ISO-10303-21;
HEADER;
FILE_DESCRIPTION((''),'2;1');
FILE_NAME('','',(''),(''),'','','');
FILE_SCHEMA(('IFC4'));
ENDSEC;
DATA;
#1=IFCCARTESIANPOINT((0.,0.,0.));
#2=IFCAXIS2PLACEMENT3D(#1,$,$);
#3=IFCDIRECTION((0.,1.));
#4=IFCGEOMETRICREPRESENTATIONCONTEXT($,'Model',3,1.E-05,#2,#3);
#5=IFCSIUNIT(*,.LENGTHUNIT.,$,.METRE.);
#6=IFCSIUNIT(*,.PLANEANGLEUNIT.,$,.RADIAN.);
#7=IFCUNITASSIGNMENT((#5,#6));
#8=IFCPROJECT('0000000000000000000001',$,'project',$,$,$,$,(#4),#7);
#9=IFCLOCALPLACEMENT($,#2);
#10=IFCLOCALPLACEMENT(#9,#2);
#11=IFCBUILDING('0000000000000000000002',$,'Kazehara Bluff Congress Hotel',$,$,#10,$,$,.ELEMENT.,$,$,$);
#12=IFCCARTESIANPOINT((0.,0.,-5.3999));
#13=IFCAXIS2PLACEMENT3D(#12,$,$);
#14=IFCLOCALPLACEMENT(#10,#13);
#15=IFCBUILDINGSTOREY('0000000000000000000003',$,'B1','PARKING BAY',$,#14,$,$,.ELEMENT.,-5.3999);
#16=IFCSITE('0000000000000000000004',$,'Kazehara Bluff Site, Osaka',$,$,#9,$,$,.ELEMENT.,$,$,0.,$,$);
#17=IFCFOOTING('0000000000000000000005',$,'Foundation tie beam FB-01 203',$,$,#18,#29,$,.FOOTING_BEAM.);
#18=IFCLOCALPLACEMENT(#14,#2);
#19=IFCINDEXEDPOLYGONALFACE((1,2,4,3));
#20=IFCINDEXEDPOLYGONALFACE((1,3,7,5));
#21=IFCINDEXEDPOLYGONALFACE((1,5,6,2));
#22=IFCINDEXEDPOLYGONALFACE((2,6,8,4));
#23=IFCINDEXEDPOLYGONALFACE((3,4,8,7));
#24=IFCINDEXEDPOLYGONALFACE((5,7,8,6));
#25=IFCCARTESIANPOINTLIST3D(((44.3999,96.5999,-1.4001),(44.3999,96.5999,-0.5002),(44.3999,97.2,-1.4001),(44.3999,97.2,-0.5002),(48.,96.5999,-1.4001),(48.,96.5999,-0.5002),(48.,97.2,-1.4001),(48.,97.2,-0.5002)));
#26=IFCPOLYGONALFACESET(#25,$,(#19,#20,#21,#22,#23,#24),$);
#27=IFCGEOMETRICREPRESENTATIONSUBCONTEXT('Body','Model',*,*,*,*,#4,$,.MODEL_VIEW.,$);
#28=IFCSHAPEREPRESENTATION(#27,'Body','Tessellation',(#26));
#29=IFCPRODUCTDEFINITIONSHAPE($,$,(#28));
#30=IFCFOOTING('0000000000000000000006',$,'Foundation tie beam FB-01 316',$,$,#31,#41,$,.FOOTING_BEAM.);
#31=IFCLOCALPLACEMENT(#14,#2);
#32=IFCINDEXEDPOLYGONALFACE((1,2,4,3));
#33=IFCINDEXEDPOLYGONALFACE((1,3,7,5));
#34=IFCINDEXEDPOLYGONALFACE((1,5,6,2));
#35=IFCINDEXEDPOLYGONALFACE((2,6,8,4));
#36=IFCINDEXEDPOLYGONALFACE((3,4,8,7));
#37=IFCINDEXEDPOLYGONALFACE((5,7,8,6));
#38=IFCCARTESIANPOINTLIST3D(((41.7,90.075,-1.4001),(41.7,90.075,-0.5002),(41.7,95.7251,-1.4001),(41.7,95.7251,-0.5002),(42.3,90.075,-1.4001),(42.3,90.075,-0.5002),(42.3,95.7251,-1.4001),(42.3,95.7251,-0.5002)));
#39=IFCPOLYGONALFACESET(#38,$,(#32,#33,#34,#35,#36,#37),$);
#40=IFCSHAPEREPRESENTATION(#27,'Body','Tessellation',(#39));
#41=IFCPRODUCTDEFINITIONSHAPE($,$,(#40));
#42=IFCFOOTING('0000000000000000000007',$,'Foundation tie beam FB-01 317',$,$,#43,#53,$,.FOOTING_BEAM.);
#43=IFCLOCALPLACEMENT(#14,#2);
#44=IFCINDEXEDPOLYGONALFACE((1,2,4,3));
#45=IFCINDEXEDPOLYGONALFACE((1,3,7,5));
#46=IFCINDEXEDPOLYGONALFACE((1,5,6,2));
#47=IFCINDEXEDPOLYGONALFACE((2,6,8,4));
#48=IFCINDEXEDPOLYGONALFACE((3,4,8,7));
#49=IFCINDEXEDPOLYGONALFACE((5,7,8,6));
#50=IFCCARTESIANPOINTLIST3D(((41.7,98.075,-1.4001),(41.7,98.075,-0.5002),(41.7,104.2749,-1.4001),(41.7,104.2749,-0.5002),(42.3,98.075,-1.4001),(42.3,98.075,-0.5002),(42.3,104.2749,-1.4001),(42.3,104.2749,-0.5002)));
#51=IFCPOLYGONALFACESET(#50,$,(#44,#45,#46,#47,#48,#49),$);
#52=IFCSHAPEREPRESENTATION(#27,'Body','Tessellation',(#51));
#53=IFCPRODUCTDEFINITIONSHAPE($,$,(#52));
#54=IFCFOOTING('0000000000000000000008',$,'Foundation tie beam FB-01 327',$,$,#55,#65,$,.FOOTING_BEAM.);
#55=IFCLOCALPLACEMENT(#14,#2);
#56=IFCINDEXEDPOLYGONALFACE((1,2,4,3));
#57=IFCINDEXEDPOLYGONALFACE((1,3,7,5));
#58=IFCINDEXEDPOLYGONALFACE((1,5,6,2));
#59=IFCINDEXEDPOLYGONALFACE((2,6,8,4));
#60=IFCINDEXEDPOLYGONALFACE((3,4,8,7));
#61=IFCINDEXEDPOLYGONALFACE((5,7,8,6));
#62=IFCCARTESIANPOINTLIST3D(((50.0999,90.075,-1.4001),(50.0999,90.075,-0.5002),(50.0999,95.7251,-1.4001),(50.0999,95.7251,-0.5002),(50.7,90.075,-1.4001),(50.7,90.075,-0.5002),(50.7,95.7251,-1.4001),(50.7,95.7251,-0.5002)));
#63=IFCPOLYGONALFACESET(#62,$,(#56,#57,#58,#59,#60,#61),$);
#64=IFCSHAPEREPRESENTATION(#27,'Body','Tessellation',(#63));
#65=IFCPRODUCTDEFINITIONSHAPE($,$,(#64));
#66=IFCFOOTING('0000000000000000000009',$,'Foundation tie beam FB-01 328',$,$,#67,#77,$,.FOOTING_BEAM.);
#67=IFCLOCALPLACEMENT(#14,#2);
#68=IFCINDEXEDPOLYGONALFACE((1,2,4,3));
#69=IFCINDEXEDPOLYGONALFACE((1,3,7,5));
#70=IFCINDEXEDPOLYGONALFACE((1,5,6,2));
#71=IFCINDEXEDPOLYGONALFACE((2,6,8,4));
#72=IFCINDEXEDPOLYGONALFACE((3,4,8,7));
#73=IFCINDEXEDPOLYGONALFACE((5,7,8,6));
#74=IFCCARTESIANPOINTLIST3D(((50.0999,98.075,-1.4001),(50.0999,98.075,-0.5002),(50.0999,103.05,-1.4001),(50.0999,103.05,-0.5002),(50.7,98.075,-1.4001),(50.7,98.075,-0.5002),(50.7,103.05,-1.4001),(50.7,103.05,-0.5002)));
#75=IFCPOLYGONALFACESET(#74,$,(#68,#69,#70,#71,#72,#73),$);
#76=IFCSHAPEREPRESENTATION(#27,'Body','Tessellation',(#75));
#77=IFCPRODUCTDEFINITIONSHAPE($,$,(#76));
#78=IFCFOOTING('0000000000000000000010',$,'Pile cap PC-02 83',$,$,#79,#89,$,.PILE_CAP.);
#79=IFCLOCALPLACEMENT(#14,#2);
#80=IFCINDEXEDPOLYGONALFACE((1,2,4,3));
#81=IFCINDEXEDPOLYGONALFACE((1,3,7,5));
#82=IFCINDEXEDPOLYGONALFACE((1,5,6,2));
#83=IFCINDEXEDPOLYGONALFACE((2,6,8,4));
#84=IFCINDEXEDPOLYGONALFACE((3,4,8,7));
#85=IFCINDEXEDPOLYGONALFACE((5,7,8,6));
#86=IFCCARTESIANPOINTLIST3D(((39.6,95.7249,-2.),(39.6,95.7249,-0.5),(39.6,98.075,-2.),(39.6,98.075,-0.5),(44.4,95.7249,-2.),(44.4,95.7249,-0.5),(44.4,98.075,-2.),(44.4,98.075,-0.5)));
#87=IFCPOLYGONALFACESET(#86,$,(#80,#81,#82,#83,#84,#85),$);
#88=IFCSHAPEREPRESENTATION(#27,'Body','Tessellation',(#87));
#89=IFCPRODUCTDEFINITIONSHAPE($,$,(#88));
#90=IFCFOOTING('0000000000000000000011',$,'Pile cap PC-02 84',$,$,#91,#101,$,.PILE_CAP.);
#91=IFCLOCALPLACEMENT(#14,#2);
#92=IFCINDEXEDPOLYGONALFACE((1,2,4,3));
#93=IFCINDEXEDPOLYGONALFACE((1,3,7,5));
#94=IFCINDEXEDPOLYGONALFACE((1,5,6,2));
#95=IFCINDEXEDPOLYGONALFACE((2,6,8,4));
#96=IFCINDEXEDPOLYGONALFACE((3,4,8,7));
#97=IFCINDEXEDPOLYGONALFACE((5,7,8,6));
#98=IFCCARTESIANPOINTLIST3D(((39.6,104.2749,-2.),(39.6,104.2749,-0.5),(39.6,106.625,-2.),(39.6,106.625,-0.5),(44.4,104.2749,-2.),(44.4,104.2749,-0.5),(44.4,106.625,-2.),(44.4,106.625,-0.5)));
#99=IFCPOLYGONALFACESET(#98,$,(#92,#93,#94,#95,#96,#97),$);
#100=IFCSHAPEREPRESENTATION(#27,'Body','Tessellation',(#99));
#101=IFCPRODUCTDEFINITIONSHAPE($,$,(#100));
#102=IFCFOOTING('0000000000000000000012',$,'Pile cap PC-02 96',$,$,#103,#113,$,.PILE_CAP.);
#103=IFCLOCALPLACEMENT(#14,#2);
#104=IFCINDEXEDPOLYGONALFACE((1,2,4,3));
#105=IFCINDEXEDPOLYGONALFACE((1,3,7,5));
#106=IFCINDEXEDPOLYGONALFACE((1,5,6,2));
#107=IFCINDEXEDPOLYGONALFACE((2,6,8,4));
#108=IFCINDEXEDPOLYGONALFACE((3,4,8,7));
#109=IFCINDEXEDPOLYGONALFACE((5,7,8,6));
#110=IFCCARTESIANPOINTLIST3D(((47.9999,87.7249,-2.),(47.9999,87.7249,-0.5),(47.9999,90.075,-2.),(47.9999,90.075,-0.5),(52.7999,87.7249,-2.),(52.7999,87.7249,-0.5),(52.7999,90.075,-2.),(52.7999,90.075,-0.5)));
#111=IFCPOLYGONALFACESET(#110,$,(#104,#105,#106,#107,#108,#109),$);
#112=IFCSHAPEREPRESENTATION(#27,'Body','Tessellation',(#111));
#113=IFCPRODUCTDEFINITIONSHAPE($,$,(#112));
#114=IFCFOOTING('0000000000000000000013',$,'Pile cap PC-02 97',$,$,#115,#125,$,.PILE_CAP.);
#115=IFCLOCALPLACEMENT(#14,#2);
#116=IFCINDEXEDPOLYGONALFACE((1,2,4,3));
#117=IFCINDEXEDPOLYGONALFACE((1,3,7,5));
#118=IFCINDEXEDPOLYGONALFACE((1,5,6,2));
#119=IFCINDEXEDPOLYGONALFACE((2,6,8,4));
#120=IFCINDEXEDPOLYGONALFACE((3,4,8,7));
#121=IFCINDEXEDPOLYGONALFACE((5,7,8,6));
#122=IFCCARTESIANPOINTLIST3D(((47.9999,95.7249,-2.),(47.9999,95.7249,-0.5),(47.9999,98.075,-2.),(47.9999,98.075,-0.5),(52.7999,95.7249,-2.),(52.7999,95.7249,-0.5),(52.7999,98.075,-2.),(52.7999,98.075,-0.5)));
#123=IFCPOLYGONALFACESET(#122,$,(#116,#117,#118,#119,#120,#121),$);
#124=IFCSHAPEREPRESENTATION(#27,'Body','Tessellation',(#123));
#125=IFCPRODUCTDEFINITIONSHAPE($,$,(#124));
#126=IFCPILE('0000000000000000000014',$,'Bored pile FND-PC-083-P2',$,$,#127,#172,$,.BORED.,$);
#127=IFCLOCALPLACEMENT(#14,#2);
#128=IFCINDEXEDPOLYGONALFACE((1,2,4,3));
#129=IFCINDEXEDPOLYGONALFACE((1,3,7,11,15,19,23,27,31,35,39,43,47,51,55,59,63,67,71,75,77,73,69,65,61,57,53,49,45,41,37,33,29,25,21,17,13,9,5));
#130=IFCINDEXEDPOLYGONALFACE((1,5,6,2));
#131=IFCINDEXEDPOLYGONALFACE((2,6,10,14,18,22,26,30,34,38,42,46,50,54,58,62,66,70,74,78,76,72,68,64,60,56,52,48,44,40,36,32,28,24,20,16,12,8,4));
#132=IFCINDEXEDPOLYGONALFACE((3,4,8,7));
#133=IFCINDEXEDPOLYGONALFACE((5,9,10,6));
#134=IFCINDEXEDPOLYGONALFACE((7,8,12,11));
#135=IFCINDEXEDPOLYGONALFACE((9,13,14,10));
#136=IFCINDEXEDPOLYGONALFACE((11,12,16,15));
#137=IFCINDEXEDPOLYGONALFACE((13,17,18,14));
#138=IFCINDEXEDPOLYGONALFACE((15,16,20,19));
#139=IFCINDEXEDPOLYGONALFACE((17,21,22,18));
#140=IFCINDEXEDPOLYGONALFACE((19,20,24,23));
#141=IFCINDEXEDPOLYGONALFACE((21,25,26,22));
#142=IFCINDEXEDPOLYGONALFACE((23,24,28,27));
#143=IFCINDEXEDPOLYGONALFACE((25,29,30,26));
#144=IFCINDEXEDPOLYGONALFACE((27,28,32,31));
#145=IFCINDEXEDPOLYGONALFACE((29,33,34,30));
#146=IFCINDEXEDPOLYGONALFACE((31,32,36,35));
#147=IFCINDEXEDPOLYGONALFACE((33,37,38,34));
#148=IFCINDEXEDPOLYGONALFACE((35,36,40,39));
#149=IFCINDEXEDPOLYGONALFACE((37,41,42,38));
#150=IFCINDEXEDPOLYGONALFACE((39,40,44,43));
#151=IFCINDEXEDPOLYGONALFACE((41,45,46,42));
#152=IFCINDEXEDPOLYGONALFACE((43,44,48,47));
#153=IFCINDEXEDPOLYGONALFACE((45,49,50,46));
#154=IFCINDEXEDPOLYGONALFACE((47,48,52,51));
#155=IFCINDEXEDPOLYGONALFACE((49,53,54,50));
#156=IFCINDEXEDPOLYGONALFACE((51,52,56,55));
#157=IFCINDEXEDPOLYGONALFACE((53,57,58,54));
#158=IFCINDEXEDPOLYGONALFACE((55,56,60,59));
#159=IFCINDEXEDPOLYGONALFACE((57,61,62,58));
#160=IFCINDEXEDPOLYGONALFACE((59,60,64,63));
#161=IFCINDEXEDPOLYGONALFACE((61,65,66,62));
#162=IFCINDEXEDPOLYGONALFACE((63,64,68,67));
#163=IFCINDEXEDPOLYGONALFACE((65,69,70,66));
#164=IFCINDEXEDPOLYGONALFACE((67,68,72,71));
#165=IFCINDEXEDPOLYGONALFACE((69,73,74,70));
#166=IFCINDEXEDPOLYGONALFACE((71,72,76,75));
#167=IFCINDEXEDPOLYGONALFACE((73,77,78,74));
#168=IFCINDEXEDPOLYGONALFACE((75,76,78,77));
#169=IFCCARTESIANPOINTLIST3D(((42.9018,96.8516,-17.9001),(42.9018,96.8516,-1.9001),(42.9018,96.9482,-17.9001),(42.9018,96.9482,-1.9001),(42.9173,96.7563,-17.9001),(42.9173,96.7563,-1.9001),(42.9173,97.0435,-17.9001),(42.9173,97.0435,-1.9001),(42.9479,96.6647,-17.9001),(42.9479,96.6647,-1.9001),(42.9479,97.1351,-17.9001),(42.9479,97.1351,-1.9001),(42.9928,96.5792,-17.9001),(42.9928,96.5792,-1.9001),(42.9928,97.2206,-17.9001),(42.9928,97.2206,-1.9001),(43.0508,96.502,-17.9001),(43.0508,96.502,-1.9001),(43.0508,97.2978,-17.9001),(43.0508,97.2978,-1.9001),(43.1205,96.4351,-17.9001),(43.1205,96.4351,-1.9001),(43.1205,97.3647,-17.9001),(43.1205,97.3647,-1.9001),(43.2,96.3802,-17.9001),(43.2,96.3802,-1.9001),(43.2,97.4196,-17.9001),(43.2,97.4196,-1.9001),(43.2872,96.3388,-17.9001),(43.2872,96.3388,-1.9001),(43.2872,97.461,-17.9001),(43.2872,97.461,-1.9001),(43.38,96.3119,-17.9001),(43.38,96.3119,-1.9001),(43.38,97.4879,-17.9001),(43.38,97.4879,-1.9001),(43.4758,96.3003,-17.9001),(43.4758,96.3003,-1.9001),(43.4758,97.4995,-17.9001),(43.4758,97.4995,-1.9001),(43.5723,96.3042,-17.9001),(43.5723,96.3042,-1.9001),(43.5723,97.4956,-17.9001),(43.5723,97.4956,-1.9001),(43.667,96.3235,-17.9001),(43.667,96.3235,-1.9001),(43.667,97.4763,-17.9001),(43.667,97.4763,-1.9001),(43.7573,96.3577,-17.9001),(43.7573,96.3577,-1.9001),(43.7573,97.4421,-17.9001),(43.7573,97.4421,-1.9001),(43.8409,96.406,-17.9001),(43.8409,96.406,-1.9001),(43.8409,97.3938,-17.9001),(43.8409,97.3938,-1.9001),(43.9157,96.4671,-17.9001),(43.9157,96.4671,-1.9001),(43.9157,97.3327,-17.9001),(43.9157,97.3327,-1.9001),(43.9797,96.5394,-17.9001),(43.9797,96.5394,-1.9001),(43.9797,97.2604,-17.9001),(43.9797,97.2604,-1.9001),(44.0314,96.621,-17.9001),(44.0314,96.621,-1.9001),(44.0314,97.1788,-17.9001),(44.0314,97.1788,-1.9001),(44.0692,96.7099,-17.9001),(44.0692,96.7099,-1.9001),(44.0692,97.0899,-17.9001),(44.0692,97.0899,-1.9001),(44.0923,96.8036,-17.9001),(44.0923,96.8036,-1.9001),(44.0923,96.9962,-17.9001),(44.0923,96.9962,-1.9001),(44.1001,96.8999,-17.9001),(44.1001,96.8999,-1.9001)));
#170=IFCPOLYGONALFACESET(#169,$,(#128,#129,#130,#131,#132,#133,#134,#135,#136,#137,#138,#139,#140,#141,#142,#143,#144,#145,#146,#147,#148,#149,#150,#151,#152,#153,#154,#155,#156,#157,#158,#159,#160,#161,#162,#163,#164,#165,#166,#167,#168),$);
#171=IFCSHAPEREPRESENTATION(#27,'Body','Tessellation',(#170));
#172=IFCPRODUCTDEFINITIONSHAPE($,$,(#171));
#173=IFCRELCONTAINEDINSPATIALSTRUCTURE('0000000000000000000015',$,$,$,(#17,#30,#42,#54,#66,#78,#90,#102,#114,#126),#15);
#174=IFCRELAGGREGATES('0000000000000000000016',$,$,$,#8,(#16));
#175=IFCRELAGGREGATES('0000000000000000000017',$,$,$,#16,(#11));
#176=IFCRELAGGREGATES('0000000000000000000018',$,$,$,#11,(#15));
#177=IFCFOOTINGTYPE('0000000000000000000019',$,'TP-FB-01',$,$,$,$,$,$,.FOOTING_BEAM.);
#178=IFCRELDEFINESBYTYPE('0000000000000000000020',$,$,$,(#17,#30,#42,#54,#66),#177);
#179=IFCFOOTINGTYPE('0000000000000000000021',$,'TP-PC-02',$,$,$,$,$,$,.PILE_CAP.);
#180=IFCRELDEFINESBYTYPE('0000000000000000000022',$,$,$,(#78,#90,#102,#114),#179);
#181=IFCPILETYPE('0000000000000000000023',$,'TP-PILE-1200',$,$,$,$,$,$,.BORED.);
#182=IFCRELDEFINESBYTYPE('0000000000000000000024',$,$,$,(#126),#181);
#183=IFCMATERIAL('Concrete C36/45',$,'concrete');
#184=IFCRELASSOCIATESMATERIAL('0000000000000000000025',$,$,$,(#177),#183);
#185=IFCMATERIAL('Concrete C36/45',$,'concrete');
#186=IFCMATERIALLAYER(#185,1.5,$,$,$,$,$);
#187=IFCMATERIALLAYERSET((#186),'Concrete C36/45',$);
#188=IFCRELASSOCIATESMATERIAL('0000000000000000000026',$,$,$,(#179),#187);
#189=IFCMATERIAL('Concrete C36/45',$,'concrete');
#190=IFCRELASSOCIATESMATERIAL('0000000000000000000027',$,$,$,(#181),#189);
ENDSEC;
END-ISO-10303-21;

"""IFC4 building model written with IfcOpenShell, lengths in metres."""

from ifc_helpers import new_model, si_unit, direction, frame, origin, origin_2d, place, context, subcontext, project, spatial, rectangle, circle, extrude, material, layer, layer_set, material_profile, profile_set, type_object, element, save


model = new_model("IFC4")

# Units and contexts
model_context = context("Model", 3, precision=1e-05, world=origin(), true_north=direction((0.0, 1.0)))
body_context = subcontext(model_context, "Body", "Model", "MODEL_VIEW")
ifc_project = project(units=[si_unit("LENGTHUNIT", "METRE"), si_unit("PLANEANGLEUNIT", "RADIAN")], contexts=[model_context])

# Site, building, storey
site_placement = place(None, origin())
site = spatial("IfcSite", under=ifc_project, at=site_placement, Name="Kazehara Bluff Site, Osaka", CompositionType="ELEMENT", RefElevation=0.0)
building_placement = place(site_placement, origin())
building = spatial("IfcBuilding", under=site, at=building_placement, Name="Kazehara Bluff Congress Hotel", CompositionType="ELEMENT")
storey_placement = place(building_placement, frame((0.0, 0.0, -5.3999)))
storey = spatial("IfcBuildingStorey", under=building, at=storey_placement, Name="B1", Description="PARKING BAY", CompositionType="ELEMENT", Elevation=-5.3999)

# Footings
ifc_material_1 = material(Name="Concrete C36/45", Category="concrete")
ifc_material_profile_1 = material_profile(ifc_material_1, rectangle(XDim=0.6001, YDim=0.8999, at=origin_2d()))
ifc_profile_set_1 = profile_set([ifc_material_profile_1], Name="Concrete C36/45")
footing_type_1 = type_object("IfcFootingType", Name="TP-FB-01", PredefinedType="FOOTING_BEAM", material=ifc_profile_set_1)
footing_1_placement = place(storey_placement, frame((44.3999, 96.8999, -0.9502), z_axis=(1.0, 0.0, 0.0), x_axis=(0.0, 1.0, 0.0)))
element("IfcFooting", 1, at=footing_1_placement, inside=storey, type_object=footing_type_1, Name="Foundation tie beam FB-01 203", PredefinedType="FOOTING_BEAM", context=body_context, shape_type="SweptSolid", body=[
    extrude(rectangle(XDim=0.6001, YDim=0.8999, at=origin_2d()), origin(), (0.0, 0.0, 1.0), 3.6001),
])
footing_2_placement = place(storey_placement, frame((42.0, 90.075, -0.9502), z_axis=(0.0, 1.0, 0.0), x_axis=(-1.0, 0.0, 0.0)))
element("IfcFooting", 2, at=footing_2_placement, inside=storey, type_object=footing_type_1, Name="Foundation tie beam FB-01 316", PredefinedType="FOOTING_BEAM", context=body_context, shape_type="SweptSolid", body=[
    extrude(rectangle(XDim=0.6001, YDim=0.8999, at=origin_2d()), origin(), (0.0, 0.0, 1.0), 5.6501),
])
footing_3_placement = place(storey_placement, frame((42.0, 98.075, -0.9502), z_axis=(0.0, 1.0, 0.0), x_axis=(-1.0, 0.0, 0.0)))
element("IfcFooting", 3, at=footing_3_placement, inside=storey, type_object=footing_type_1, Name="Foundation tie beam FB-01 317", PredefinedType="FOOTING_BEAM", context=body_context, shape_type="SweptSolid", body=[
    extrude(rectangle(XDim=0.6001, YDim=0.8999, at=origin_2d()), origin(), (0.0, 0.0, 1.0), 6.2),
])
footing_4_placement = place(storey_placement, frame((50.3999, 90.075, -0.9502), z_axis=(0.0, 1.0, 0.0), x_axis=(-1.0, 0.0, 0.0)))
element("IfcFooting", 4, at=footing_4_placement, inside=storey, type_object=footing_type_1, Name="Foundation tie beam FB-01 327", PredefinedType="FOOTING_BEAM", context=body_context, shape_type="SweptSolid", body=[
    extrude(rectangle(XDim=0.6001, YDim=0.8999, at=origin_2d()), origin(), (0.0, 0.0, 1.0), 5.6501),
])
footing_5_placement = place(storey_placement, frame((50.3999, 98.075, -0.9502), z_axis=(0.0, 1.0, 0.0), x_axis=(-1.0, 0.0, 0.0)))
element("IfcFooting", 5, at=footing_5_placement, inside=storey, type_object=footing_type_1, Name="Foundation tie beam FB-01 328", PredefinedType="FOOTING_BEAM", context=body_context, shape_type="SweptSolid", body=[
    extrude(rectangle(XDim=0.6001, YDim=0.8999, at=origin_2d()), origin(), (0.0, 0.0, 1.0), 4.9751),
])
ifc_material_2 = material(Name="Concrete C36/45", Category="concrete")
ifc_layer = layer(ifc_material_2, 1.5)
ifc_layer_set = layer_set([ifc_layer], Name="Concrete C36/45")
footing_type_2 = type_object("IfcFootingType", Name="TP-PC-02", PredefinedType="PILE_CAP", material=ifc_layer_set)
for number, where, z_axis, x_axis, name in (
    (6, (42.0, 96.8999, -2.0), (0.0, 0.0, 1.0), (1.0, 0.0, 0.0), "Pile cap PC-02 83"),
    (7, (42.0, 105.45, -2.0), (0.0, 0.0, 1.0), (1.0, 0.0, 0.0), "Pile cap PC-02 84"),
    (8, (50.3999, 88.8999, -2.0), (0.0, 0.0, 1.0), (1.0, 0.0, 0.0), "Pile cap PC-02 96"),
    (9, (50.3999, 96.8999, -2.0), (0.0, 0.0, 1.0), (1.0, 0.0, 0.0), "Pile cap PC-02 97"),
):
    element("IfcFooting", number, at=place(storey_placement, frame(where, z_axis=z_axis, x_axis=x_axis)), inside=storey, type_object=footing_type_2, Name=name, PredefinedType="PILE_CAP", context=body_context, shape_type="SweptSolid", body=[
        extrude(rectangle(XDim=4.8, YDim=2.3501, at=origin_2d()), origin(), (0.0, 0.0, 1.0), 1.5),
    ])

# Pile
ifc_material_3 = material(Name="Concrete C36/45", Category="concrete")
ifc_material_profile_2 = material_profile(ifc_material_3, circle(Radius=0.6001, at=origin_2d()))
ifc_profile_set_2 = profile_set([ifc_material_profile_2], Name="Concrete C36/45")
pile_type = type_object("IfcPileType", Name="TP-PILE-1200", PredefinedType="BORED", material=ifc_profile_set_2)
for number, where, z_axis, x_axis, name in (
    (10, (43.5, 96.8999, -1.9001), (0.0, 0.0, -1.0), (1.0, 0.0, 0.0), "Bored pile FND-PC-083-P2"),
):
    element("IfcPile", number, at=place(storey_placement, frame(where, z_axis=z_axis, x_axis=x_axis)), inside=storey, type_object=pile_type, Name=name, PredefinedType="BORED", context=body_context, shape_type="SweptSolid", body=[
        extrude(circle(Radius=0.6001, at=origin_2d()), origin(), (0.0, 0.0, 1.0), 16.0),
    ])

save(model, "model.ifc")
